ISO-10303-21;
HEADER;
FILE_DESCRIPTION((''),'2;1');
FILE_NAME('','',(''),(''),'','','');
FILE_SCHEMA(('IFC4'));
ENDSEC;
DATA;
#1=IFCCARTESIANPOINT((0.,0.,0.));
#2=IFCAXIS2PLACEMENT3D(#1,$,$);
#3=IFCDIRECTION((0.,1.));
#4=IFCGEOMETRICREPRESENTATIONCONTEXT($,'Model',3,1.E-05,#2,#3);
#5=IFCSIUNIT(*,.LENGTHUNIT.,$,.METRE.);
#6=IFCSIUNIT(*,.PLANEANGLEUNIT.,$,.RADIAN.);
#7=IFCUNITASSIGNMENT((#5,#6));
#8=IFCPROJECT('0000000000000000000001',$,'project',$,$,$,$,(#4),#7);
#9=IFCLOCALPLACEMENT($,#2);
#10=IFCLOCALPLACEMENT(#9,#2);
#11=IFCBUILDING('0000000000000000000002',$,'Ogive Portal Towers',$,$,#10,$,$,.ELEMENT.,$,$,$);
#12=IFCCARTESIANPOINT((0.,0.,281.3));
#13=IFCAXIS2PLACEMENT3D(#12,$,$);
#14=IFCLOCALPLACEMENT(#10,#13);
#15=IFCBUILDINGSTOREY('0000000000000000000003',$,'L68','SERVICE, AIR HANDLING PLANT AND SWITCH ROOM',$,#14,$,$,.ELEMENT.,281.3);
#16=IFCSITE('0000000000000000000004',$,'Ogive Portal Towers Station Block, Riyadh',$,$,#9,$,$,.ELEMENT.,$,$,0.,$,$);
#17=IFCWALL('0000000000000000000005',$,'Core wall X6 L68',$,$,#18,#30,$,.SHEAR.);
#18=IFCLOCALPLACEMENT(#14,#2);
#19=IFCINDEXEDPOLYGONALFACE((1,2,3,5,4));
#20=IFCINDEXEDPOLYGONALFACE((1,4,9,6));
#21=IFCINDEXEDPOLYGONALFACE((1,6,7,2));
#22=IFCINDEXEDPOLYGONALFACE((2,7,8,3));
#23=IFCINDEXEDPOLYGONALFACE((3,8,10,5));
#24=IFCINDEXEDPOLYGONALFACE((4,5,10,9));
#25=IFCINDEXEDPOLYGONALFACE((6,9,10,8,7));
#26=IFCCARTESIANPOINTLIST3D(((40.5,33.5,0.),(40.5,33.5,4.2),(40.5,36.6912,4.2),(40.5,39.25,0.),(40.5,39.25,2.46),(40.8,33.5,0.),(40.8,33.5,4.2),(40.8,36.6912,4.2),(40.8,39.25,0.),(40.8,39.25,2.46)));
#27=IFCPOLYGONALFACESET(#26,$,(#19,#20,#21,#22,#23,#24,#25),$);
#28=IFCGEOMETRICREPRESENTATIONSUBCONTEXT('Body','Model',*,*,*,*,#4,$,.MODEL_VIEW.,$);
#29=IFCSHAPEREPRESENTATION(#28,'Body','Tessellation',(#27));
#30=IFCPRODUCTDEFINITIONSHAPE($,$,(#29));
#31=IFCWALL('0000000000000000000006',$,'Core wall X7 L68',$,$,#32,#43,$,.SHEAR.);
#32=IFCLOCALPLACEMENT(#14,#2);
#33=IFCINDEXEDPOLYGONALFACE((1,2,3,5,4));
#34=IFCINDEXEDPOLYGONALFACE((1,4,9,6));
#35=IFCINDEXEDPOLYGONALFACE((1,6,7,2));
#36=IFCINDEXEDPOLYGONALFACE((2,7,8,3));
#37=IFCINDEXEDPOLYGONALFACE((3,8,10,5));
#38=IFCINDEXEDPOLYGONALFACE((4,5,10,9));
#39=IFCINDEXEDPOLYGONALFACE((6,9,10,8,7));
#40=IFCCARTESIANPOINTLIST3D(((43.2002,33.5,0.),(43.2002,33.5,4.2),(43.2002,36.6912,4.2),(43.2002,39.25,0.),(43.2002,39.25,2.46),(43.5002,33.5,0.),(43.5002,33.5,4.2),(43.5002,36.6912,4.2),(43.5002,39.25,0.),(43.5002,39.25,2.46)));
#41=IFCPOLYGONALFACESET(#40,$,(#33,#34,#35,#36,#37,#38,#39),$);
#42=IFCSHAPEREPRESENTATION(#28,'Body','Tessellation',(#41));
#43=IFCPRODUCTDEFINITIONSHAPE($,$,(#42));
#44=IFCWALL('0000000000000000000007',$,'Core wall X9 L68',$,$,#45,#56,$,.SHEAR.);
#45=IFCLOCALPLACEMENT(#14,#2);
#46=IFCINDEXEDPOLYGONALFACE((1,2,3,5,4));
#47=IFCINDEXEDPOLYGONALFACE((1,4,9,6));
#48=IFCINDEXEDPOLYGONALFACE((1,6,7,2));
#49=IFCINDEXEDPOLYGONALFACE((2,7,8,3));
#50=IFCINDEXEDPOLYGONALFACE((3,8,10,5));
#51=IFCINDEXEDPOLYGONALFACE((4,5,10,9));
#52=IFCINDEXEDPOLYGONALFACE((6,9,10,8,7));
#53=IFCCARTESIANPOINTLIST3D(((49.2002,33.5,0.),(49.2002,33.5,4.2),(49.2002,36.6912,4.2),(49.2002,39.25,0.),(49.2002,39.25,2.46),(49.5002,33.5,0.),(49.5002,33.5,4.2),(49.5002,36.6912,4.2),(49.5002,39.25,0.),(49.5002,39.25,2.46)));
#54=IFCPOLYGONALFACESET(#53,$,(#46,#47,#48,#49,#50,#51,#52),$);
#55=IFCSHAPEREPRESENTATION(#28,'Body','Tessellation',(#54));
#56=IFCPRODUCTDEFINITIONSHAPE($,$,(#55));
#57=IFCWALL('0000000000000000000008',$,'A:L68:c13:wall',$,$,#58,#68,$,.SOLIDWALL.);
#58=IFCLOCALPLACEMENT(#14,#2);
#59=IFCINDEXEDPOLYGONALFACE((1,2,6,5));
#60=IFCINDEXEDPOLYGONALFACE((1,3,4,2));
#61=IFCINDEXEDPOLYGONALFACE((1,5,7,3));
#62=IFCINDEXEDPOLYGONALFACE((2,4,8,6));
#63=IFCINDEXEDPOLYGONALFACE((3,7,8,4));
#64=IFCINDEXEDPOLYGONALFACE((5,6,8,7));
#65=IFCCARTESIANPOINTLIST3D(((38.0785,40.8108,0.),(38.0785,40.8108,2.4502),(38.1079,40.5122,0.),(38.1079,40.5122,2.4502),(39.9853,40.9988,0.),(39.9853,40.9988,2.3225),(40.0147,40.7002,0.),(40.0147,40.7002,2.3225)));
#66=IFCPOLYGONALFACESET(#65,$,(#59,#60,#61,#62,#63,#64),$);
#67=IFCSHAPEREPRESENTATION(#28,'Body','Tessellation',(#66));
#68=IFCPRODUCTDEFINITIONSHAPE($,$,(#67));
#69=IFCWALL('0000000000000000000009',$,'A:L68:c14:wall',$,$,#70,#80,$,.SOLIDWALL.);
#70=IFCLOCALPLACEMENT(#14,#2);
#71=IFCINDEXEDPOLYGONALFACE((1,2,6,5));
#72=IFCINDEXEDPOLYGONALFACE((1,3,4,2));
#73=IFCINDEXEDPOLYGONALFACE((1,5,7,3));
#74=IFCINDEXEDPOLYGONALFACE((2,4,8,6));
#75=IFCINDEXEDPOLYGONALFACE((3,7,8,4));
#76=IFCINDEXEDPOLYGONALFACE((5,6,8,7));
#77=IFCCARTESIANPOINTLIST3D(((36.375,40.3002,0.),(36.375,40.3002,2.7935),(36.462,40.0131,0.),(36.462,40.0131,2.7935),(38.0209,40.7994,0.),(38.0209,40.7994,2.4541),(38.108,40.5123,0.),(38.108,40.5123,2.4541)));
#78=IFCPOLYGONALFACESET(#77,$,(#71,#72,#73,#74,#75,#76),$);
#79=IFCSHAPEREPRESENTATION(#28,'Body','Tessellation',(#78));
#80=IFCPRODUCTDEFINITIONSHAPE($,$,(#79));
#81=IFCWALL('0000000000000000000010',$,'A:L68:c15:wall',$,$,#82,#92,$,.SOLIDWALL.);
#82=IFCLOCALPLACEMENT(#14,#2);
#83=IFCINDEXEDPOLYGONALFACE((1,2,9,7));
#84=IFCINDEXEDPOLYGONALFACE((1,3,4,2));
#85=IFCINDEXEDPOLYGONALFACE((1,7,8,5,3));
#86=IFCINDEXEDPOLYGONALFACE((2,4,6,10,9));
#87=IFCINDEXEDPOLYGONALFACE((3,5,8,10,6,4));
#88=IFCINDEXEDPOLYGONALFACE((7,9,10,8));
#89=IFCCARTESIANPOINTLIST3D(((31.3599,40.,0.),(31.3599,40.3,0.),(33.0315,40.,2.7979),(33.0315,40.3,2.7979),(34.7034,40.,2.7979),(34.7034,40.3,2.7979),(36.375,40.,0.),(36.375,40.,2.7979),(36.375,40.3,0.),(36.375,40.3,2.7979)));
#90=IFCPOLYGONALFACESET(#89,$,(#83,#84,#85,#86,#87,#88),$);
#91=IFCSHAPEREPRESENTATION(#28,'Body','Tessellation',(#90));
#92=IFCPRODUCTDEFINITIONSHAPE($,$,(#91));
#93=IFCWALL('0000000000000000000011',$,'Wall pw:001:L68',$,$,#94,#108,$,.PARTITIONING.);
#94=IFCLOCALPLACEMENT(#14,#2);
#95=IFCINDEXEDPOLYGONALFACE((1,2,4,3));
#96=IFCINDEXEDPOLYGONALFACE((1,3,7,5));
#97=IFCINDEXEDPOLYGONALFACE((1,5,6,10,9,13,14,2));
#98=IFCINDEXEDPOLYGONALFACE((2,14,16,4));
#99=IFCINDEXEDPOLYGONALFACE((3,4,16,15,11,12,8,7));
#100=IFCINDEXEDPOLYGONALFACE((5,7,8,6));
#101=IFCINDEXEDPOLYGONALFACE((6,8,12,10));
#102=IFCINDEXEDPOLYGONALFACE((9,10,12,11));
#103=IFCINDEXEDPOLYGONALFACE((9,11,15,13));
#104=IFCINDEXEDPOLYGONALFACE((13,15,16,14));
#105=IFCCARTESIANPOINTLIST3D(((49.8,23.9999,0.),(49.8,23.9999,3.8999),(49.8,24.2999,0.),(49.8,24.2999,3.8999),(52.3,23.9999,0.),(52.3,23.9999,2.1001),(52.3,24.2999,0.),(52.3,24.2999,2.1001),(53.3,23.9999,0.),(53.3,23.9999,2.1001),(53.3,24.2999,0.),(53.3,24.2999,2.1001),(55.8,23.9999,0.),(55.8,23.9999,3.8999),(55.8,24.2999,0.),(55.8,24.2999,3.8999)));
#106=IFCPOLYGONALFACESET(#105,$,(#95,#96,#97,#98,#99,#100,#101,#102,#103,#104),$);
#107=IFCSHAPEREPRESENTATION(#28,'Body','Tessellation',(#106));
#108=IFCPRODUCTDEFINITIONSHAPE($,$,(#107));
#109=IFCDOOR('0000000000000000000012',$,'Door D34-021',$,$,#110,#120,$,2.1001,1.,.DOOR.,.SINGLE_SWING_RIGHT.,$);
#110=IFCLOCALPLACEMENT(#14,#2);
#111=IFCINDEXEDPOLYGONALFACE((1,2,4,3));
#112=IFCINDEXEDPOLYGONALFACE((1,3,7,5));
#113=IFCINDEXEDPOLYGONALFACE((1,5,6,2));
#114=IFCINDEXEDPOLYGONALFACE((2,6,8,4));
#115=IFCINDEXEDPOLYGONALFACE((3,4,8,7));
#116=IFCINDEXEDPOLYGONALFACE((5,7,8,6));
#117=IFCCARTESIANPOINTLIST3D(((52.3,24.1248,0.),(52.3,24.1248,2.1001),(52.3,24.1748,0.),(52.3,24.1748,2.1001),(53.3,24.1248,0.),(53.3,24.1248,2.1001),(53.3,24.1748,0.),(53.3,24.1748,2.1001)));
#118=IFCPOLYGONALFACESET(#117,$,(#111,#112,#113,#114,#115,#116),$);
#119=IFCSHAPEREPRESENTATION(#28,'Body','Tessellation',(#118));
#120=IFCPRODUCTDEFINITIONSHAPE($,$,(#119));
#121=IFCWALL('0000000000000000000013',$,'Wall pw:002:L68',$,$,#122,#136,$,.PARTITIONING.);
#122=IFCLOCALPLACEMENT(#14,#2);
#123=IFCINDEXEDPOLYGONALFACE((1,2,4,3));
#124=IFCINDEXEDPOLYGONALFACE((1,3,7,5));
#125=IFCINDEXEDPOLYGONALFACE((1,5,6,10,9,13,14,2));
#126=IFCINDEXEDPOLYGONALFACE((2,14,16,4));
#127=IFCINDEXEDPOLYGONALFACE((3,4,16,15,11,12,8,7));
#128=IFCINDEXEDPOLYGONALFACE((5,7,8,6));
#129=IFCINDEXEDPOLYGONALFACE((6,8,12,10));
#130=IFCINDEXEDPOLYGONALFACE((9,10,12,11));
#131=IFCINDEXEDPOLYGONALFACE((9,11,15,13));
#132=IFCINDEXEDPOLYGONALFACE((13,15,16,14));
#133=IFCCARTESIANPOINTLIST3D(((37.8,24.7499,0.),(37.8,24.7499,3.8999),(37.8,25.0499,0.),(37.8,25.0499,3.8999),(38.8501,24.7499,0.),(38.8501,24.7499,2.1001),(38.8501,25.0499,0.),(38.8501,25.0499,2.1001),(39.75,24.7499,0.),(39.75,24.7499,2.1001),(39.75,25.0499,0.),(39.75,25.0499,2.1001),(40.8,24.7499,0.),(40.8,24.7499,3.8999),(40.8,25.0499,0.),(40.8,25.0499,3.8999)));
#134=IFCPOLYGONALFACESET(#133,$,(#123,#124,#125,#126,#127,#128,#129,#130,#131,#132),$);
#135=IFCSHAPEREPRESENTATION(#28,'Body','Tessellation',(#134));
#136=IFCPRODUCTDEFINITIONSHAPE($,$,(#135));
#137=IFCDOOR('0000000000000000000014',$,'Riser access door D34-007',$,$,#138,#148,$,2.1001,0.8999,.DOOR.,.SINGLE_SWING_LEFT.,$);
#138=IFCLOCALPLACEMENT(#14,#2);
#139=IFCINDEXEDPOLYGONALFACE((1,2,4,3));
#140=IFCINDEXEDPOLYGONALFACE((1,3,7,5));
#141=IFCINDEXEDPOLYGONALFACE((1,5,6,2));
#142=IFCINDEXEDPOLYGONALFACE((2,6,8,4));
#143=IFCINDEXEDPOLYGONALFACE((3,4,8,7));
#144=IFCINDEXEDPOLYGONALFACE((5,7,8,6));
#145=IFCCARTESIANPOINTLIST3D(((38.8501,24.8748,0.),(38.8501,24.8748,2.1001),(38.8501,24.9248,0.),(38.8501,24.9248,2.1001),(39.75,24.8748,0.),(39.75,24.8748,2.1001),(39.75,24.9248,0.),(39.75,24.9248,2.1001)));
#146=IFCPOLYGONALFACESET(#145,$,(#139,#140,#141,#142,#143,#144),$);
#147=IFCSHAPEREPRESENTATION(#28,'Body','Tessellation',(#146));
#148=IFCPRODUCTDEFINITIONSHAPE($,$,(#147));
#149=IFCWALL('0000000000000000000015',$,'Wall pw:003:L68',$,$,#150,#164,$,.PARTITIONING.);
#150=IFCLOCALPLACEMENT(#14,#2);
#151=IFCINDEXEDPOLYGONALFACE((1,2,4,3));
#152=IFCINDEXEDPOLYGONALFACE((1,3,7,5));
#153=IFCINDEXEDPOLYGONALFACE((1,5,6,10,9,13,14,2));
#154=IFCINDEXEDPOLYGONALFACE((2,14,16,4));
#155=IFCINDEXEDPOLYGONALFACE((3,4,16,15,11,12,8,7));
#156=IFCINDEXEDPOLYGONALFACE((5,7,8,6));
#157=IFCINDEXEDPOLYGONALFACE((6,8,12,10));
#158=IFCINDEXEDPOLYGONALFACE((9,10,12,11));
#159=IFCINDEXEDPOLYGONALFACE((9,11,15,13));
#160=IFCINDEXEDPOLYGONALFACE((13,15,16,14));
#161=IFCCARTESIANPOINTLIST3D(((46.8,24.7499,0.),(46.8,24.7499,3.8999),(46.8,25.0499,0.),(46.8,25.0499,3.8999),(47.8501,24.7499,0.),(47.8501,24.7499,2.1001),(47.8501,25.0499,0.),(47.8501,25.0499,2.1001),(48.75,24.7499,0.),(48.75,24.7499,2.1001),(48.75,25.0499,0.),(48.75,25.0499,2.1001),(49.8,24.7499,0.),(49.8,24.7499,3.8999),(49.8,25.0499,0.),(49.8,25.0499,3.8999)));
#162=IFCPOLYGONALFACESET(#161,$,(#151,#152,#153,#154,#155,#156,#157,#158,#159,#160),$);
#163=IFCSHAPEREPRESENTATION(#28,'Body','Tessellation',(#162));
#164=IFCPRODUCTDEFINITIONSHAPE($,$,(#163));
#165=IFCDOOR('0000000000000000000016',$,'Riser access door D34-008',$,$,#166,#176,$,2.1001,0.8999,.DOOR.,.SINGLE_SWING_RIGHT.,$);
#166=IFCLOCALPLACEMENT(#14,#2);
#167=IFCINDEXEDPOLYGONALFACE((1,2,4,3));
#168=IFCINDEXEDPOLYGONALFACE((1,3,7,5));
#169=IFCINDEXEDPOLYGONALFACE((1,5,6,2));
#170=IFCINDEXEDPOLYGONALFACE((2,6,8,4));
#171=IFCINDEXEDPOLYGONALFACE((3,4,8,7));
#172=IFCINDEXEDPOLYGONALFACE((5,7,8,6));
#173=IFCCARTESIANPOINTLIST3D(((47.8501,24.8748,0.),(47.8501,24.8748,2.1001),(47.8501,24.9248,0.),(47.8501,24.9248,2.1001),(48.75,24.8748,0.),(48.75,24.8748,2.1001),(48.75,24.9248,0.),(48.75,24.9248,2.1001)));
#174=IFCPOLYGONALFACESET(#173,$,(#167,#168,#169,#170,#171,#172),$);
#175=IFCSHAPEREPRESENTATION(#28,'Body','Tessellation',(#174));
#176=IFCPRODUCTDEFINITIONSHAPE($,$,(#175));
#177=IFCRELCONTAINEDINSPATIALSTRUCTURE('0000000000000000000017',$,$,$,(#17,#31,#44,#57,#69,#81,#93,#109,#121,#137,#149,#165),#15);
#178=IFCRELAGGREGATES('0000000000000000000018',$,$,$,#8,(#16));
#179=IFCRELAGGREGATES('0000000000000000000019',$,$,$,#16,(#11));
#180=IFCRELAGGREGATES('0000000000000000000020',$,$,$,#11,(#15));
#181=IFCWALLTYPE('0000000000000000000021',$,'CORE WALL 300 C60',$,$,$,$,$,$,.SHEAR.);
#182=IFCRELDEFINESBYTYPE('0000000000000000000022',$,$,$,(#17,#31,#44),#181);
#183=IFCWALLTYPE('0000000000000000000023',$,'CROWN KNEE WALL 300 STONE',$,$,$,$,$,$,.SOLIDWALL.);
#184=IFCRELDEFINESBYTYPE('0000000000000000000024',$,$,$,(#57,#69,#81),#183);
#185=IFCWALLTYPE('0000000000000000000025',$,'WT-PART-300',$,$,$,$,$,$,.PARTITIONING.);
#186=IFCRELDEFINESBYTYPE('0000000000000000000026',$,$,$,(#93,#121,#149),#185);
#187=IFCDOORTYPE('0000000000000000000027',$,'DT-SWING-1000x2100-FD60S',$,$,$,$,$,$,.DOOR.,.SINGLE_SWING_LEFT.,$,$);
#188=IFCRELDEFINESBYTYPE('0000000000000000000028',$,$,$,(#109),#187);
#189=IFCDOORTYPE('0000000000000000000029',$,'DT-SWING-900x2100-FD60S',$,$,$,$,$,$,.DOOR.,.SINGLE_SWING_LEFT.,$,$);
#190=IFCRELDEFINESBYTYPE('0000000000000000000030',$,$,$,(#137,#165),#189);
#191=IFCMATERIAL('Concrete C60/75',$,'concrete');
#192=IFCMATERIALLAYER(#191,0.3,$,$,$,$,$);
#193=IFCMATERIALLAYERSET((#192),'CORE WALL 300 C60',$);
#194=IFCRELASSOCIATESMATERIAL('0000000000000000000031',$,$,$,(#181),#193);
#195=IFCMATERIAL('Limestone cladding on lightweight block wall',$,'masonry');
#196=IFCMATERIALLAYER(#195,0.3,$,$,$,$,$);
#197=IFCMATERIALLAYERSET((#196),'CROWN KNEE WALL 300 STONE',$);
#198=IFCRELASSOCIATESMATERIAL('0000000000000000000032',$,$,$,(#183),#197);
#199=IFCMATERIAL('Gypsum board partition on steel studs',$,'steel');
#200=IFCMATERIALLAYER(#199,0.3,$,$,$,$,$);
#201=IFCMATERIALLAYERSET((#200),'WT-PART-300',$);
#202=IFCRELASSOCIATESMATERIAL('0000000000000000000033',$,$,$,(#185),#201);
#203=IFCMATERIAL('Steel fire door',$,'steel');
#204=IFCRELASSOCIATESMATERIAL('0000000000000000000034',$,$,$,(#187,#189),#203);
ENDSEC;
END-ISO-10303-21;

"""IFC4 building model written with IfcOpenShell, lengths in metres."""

from ifc_helpers import new_model, si_unit, direction, frame, frame_2d, origin, place, context, subcontext, project, spatial, polyline, rectangle, outline, extrude, material, layer, layer_set, type_object, element, fill, save


model = new_model("IFC4")

# Units and contexts
model_context = context("Model", 3, precision=1e-05, world=origin(), true_north=direction((0.0, 1.0)))
body_context = subcontext(model_context, "Body", "Model", "MODEL_VIEW")
ifc_project = project(units=[si_unit("LENGTHUNIT", "METRE"), si_unit("PLANEANGLEUNIT", "RADIAN")], contexts=[model_context])

# Site, building, storey
site_placement = place(None, origin())
site = spatial("IfcSite", under=ifc_project, at=site_placement, Name="Ogive Portal Towers Station Block, Riyadh", CompositionType="ELEMENT", RefElevation=0.0)
building_placement = place(site_placement, origin())
building = spatial("IfcBuilding", under=site, at=building_placement, Name="Ogive Portal Towers", CompositionType="ELEMENT")
storey_placement = place(building_placement, frame((0.0, 0.0, 281.3)))
storey = spatial("IfcBuildingStorey", under=building, at=storey_placement, Name="L68", Description="SERVICE, AIR HANDLING PLANT AND SWITCH ROOM", CompositionType="ELEMENT", Elevation=281.3)

# Shared definitions
ifc_material_1 = material(Name="Concrete C60/75", Category="concrete")
ifc_layer_1 = layer(ifc_material_1, 0.3)
ifc_layer_set_1 = layer_set([ifc_layer_1], Name="CORE WALL 300 C60")
wall_type_1 = type_object("IfcWallType", Name="CORE WALL 300 C60", PredefinedType="SHEAR", material=ifc_layer_set_1)
ifc_material_2 = material(Name="Steel fire door", Category="steel")

# Walls
for number, where, z_axis, x_axis, name in (
    (1, (40.6499, 33.5, 0.0), (0.0, 0.0, 1.0), (0.0, 1.0, 0.0), "Core wall X6 L68"),
    (2, (43.3501, 33.5, 0.0), (0.0, 0.0, 1.0), (0.0, 1.0, 0.0), "Core wall X7 L68"),
):
    element("IfcWall", number, at=place(storey_placement, frame(where, z_axis=z_axis, x_axis=x_axis)), inside=storey, type_object=wall_type_1, Name=name, PredefinedType="SHEAR", context=body_context, shape_type="SweptSolid", body=[
        extrude(outline(polyline([(0.0, 0.0), (5.75, 0.0), (5.75, 2.46), (3.1912, 4.2), (0.0, 4.2), (0.0, 0.0)])), frame((0.0, 0.1499, 0.0), z_axis=(0.0, -1.0, 0.0), x_axis=(1.0, 0.0, 0.0)), (0.0, 0.0, 1.0), 0.3),
    ])

# Walls
wall_1_placement = place(storey_placement, frame((49.3501, 33.5, 0.0), z_axis=(0.0, 0.0, 1.0), x_axis=(0.0, 1.0, 0.0)))
element("IfcWall", 3, at=wall_1_placement, inside=storey, type_object=wall_type_1, Name="Core wall X9 L68", PredefinedType="SHEAR", context=body_context, shape_type="SweptSolid", body=[
    extrude(outline(polyline([(0.0, 0.0), (5.75, 0.0), (5.75, 2.46), (3.1912, 4.2), (0.0, 4.2), (0.0, 0.0)])), frame((0.0, 0.1499, 0.0), z_axis=(0.0, -1.0, 0.0), x_axis=(1.0, 0.0, 0.0)), (0.0, 0.0, 1.0), 0.3),
])
ifc_material_3 = material(Name="Limestone cladding on lightweight block wall", Category="masonry")
ifc_layer_2 = layer(ifc_material_3, 0.3)
ifc_layer_set_2 = layer_set([ifc_layer_2], Name="CROWN KNEE WALL 300 STONE")
wall_type_2 = type_object("IfcWallType", Name="CROWN KNEE WALL 300 STONE", PredefinedType="SOLIDWALL", material=ifc_layer_set_2)
wall_2_placement = place(storey_placement, frame((40.0, 40.8494, 0.0), z_axis=(0.0, 0.0, 1.0), x_axis=(-0.995175, -0.098116, 0.0)))
element("IfcWall", 4, at=wall_2_placement, inside=storey, type_object=wall_type_2, Name="A:L68:c13:wall", PredefinedType="SOLIDWALL", context=body_context, shape_type="SweptSolid", body=[
    extrude(outline(polyline([(0.0, 0.0), (1.916, 0.0), (1.916, 2.4502), (0.0, 2.3225), (0.0, 0.0)])), frame((0.0, 0.1499, 0.0), z_axis=(0.0, -1.0, 0.0), x_axis=(1.0, 0.0, 0.0)), (0.0, 0.0, 1.0), 0.3),
])
wall_3_placement = place(storey_placement, frame((38.0645, 40.6558, 0.0), z_axis=(0.0, 0.0, 1.0), x_axis=(-0.956947, -0.290263, 0.0)))
element("IfcWall", 5, at=wall_3_placement, inside=storey, type_object=wall_type_2, Name="A:L68:c14:wall", PredefinedType="SOLIDWALL", context=body_context, shape_type="SweptSolid", body=[
    extrude(outline(polyline([(0.0, 0.0), (1.72, 0.0), (1.72, 2.7935), (0.0, 2.4541), (0.0, 0.0)])), frame((0.0, 0.1499, 0.0), z_axis=(0.0, -1.0, 0.0), x_axis=(1.0, 0.0, 0.0)), (0.0, 0.0, 1.0), 0.3),
])
wall_4_placement = place(storey_placement, frame((36.375, 40.1499, 0.0), z_axis=(0.0, 0.0, 1.0), x_axis=(-1.0, 0.0, 0.0)))
element("IfcWall", 6, at=wall_4_placement, inside=storey, type_object=wall_type_2, Name="A:L68:c15:wall", PredefinedType="SOLIDWALL", context=body_context, shape_type="SweptSolid", body=[
    extrude(outline(polyline([(0.0, 0.0), (5.0154, 0.0), (5.0151, 2.7979), (5.0151, 0.0), (3.3435, 2.7979), (1.6716, 2.7979), (0.0, 2.7979), (0.0, 0.0)])), frame((0.0, 0.1499, 0.0), z_axis=(0.0, -1.0, 0.0), x_axis=(1.0, 0.0, 0.0)), (0.0, 0.0, 1.0), 0.3),
])

# Walls, openings, doors
ifc_material_4 = material(Name="Gypsum board partition on steel studs", Category="steel")
ifc_layer_3 = layer(ifc_material_4, 0.3)
ifc_layer_set_3 = layer_set([ifc_layer_3], Name="WT-PART-300")
wall_type_3 = type_object("IfcWallType", Name="WT-PART-300", PredefinedType="PARTITIONING", material=ifc_layer_set_3)
wall_5_placement = place(storey_placement, frame((49.8, 24.1499, 0.0), z_axis=(0.0, 0.0, 1.0), x_axis=(1.0, 0.0, 0.0)))
wall_5 = element("IfcWall", 7, at=wall_5_placement, inside=storey, type_object=wall_type_3, Name="Wall pw:001:L68", PredefinedType="PARTITIONING", context=body_context, shape_type="SweptSolid", body=[
    extrude(rectangle(XDim=6.0, YDim=0.3, at=frame_2d((3.0, 0.0))), origin(), (0.0, 0.0, 1.0), 3.8999),
])
opening_1_placement = place(wall_5_placement, frame((2.5, 0.0, 0.0)))
opening_1 = element("IfcOpeningElement", 8, at=opening_1_placement, cuts=wall_5, PredefinedType="OPENING", context=body_context, shape_type="SweptSolid", body=[
    extrude(rectangle(XDim=1.0, YDim=2.1001, at=frame_2d((0.5, 1.05))), frame((0.0, 0.1602, 0.0), z_axis=(0.0, -1.0, 0.0), x_axis=(1.0, 0.0, 0.0)), (0.0, 0.0, 1.0), 0.3201),
])
door_type_1 = type_object("IfcDoorType", Name="DT-SWING-1000x2100-FD60S", OperationType="SINGLE_SWING_LEFT", PredefinedType="DOOR", material=ifc_material_2)
door_1_placement = place(opening_1_placement, origin())
door_1 = element("IfcDoor", 9, at=door_1_placement, inside=storey, type_object=door_type_1, Name="Door D34-021", OperationType="SINGLE_SWING_RIGHT", OverallHeight=2.1001, OverallWidth=1.0, PredefinedType="DOOR", context=body_context, shape_type="SweptSolid", body=[
    extrude(rectangle(XDim=1.0, YDim=2.1001, at=frame_2d((0.5, 1.05))), frame((0.0, 0.0249, 0.0), z_axis=(0.0, -1.0, 0.0), x_axis=(1.0, 0.0, 0.0)), (0.0, 0.0, 1.0), 0.05),
])
fill(opening_1, door_1)
wall_6_placement = place(storey_placement, frame((37.8, 24.8999, 0.0), z_axis=(0.0, 0.0, 1.0), x_axis=(1.0, 0.0, 0.0)))
wall_6 = element("IfcWall", 10, at=wall_6_placement, inside=storey, type_object=wall_type_3, Name="Wall pw:002:L68", PredefinedType="PARTITIONING", context=body_context, shape_type="SweptSolid", body=[
    extrude(rectangle(XDim=3.0, YDim=0.3, at=frame_2d((1.5, 0.0))), origin(), (0.0, 0.0, 1.0), 3.8999),
])
opening_2_placement = place(wall_6_placement, frame((1.05, 0.0, 0.0)))
opening_2 = element("IfcOpeningElement", 11, at=opening_2_placement, cuts=wall_6, PredefinedType="OPENING", context=body_context, shape_type="SweptSolid", body=[
    extrude(rectangle(XDim=0.8999, YDim=2.1001, at=frame_2d((0.45, 1.05))), frame((0.0, 0.1602, 0.0), z_axis=(0.0, -1.0, 0.0), x_axis=(1.0, 0.0, 0.0)), (0.0, 0.0, 1.0), 0.3201),
])
door_type_2 = type_object("IfcDoorType", Name="DT-SWING-900x2100-FD60S", OperationType="SINGLE_SWING_LEFT", PredefinedType="DOOR", material=ifc_material_2)
door_2_placement = place(opening_2_placement, origin())
door_2 = element("IfcDoor", 12, at=door_2_placement, inside=storey, type_object=door_type_2, Name="Riser access door D34-007", OperationType="SINGLE_SWING_LEFT", OverallHeight=2.1001, OverallWidth=0.8999, PredefinedType="DOOR", context=body_context, shape_type="SweptSolid", body=[
    extrude(rectangle(XDim=0.8999, YDim=2.1001, at=frame_2d((0.45, 1.05))), frame((0.0, 0.0249, 0.0), z_axis=(0.0, -1.0, 0.0), x_axis=(1.0, 0.0, 0.0)), (0.0, 0.0, 1.0), 0.05),
])
fill(opening_2, door_2)
wall_7_placement = place(storey_placement, frame((46.8, 24.8999, 0.0), z_axis=(0.0, 0.0, 1.0), x_axis=(1.0, 0.0, 0.0)))
wall_7 = element("IfcWall", 13, at=wall_7_placement, inside=storey, type_object=wall_type_3, Name="Wall pw:003:L68", PredefinedType="PARTITIONING", context=body_context, shape_type="SweptSolid", body=[
    extrude(rectangle(XDim=3.0, YDim=0.3, at=frame_2d((1.5, 0.0))), origin(), (0.0, 0.0, 1.0), 3.8999),
])
opening_3_placement = place(wall_7_placement, frame((1.05, 0.0, 0.0)))
opening_3 = element("IfcOpeningElement", 14, at=opening_3_placement, cuts=wall_7, PredefinedType="OPENING", context=body_context, shape_type="SweptSolid", body=[
    extrude(rectangle(XDim=0.8999, YDim=2.1001, at=frame_2d((0.45, 1.05))), frame((0.0, 0.1602, 0.0), z_axis=(0.0, -1.0, 0.0), x_axis=(1.0, 0.0, 0.0)), (0.0, 0.0, 1.0), 0.3201),
])
door_3_placement = place(opening_3_placement, origin())
door_3 = element("IfcDoor", 15, at=door_3_placement, inside=storey, type_object=door_type_2, Name="Riser access door D34-008", OperationType="SINGLE_SWING_RIGHT", OverallHeight=2.1001, OverallWidth=0.8999, PredefinedType="DOOR", context=body_context, shape_type="SweptSolid", body=[
    extrude(rectangle(XDim=0.8999, YDim=2.1001, at=frame_2d((0.45, 1.05))), frame((0.0, 0.0249, 0.0), z_axis=(0.0, -1.0, 0.0), x_axis=(1.0, 0.0, 0.0)), (0.0, 0.0, 1.0), 0.05),
])
fill(opening_3, door_3)

save(model, "model.ifc")
